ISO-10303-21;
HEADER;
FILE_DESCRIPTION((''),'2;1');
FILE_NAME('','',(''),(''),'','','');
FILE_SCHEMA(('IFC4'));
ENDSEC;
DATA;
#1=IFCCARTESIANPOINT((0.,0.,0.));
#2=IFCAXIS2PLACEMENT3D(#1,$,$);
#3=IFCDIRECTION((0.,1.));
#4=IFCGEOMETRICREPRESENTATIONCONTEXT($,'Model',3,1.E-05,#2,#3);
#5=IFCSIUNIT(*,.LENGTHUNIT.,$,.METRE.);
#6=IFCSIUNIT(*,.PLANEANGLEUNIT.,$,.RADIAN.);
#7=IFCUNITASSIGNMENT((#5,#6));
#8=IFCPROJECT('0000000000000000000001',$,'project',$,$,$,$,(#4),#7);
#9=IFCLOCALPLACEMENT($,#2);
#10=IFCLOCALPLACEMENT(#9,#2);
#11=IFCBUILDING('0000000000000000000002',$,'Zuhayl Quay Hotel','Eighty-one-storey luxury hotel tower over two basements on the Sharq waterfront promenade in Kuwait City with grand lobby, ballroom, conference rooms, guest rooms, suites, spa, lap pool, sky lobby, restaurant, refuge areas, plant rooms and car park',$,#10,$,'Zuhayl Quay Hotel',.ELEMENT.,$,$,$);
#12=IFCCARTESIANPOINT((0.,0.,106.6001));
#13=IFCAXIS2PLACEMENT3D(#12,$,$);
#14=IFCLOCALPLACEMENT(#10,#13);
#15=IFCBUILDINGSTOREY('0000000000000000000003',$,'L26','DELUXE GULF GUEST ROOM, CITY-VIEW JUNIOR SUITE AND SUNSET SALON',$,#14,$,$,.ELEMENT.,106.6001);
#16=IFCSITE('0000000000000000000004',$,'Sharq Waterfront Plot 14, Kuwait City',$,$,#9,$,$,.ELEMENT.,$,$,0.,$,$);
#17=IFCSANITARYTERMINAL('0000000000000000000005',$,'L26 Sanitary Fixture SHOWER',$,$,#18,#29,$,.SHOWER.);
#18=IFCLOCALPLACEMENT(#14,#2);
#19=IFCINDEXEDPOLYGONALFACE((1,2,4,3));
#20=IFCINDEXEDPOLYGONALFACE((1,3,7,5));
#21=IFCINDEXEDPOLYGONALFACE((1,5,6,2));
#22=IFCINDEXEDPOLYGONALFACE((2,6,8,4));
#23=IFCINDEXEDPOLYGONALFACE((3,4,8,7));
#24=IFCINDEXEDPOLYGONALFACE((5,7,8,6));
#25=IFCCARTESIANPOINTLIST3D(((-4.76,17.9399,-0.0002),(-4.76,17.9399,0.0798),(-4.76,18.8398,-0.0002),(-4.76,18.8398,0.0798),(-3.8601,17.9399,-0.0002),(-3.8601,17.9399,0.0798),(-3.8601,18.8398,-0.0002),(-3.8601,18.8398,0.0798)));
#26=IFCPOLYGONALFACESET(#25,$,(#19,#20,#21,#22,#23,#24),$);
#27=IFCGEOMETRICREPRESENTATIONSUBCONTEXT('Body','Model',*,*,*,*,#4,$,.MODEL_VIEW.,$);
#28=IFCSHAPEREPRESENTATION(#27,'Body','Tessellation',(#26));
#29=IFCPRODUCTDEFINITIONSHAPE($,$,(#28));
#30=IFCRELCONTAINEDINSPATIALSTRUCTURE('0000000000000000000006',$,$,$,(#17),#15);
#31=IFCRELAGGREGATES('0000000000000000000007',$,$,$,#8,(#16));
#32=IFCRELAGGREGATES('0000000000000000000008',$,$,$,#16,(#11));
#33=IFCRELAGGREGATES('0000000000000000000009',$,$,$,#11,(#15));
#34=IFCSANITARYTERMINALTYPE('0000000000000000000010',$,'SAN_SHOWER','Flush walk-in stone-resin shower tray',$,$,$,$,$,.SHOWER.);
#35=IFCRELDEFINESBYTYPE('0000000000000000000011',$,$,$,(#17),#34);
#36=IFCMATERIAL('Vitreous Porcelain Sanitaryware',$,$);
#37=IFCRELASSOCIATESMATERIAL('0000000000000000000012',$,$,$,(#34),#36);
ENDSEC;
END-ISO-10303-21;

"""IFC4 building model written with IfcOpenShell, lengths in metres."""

from ifc_helpers import new_model, si_unit, direction, frame, origin, origin_2d, place, context, subcontext, project, spatial, rectangle, extrude, material, type_object, element, save


model = new_model("IFC4")

# Units and contexts
model_context = context("Model", 3, precision=1e-05, world=origin(), true_north=direction((0.0, 1.0)))
body_context = subcontext(model_context, "Body", "Model", "MODEL_VIEW")
ifc_project = project(units=[si_unit("LENGTHUNIT", "METRE"), si_unit("PLANEANGLEUNIT", "RADIAN")], contexts=[model_context])

# Site, building, storey
site_placement = place(None, origin())
site = spatial("IfcSite", under=ifc_project, at=site_placement, Name="Sharq Waterfront Plot 14, Kuwait City", CompositionType="ELEMENT", RefElevation=0.0)
building_placement = place(site_placement, origin())
building = spatial("IfcBuilding", under=site, at=building_placement, Name="Zuhayl Quay Hotel", Description="Eighty-one-storey luxury hotel tower over two basements on the Sharq waterfront promenade in Kuwait City with grand lobby, ballroom, conference rooms, guest rooms, suites, spa, lap pool, sky lobby, restaurant, refuge areas, plant rooms and car park", LongName="Zuhayl Quay Hotel", CompositionType="ELEMENT")
storey_placement = place(building_placement, frame((0.0, 0.0, 106.6001)))
storey = spatial("IfcBuildingStorey", under=building, at=storey_placement, Name="L26", Description="DELUXE GULF GUEST ROOM, CITY-VIEW JUNIOR SUITE AND SUNSET SALON", CompositionType="ELEMENT", Elevation=106.6001)

# Sanitary terminal
ifc_material_1 = material(Name="Vitreous Porcelain Sanitaryware")
sanitary_terminal_type_1 = type_object("IfcSanitaryTerminalType", Name="SAN_SHOWER", Description="Flush walk-in stone-resin shower tray", PredefinedType="SHOWER", material=ifc_material_1)
for number, where, z_axis, x_axis, name in (
    (1, (-4.3101, 18.3899, -0.0002), (0.0, 0.0, 1.0), (1.0, 0.0, 0.0), "L26 Sanitary Fixture SHOWER"),
):
    element("IfcSanitaryTerminal", number, at=place(storey_placement, frame(where, z_axis=z_axis, x_axis=x_axis)), inside=storey, type_object=sanitary_terminal_type_1, Name=name, PredefinedType="SHOWER", context=body_context, shape_type="SweptSolid", body=[
        extrude(rectangle(XDim=0.8999, YDim=0.8999, at=origin_2d()), origin(), (0.0, 0.0, 1.0), 0.0801),
    ])

save(model, "model.ifc")
